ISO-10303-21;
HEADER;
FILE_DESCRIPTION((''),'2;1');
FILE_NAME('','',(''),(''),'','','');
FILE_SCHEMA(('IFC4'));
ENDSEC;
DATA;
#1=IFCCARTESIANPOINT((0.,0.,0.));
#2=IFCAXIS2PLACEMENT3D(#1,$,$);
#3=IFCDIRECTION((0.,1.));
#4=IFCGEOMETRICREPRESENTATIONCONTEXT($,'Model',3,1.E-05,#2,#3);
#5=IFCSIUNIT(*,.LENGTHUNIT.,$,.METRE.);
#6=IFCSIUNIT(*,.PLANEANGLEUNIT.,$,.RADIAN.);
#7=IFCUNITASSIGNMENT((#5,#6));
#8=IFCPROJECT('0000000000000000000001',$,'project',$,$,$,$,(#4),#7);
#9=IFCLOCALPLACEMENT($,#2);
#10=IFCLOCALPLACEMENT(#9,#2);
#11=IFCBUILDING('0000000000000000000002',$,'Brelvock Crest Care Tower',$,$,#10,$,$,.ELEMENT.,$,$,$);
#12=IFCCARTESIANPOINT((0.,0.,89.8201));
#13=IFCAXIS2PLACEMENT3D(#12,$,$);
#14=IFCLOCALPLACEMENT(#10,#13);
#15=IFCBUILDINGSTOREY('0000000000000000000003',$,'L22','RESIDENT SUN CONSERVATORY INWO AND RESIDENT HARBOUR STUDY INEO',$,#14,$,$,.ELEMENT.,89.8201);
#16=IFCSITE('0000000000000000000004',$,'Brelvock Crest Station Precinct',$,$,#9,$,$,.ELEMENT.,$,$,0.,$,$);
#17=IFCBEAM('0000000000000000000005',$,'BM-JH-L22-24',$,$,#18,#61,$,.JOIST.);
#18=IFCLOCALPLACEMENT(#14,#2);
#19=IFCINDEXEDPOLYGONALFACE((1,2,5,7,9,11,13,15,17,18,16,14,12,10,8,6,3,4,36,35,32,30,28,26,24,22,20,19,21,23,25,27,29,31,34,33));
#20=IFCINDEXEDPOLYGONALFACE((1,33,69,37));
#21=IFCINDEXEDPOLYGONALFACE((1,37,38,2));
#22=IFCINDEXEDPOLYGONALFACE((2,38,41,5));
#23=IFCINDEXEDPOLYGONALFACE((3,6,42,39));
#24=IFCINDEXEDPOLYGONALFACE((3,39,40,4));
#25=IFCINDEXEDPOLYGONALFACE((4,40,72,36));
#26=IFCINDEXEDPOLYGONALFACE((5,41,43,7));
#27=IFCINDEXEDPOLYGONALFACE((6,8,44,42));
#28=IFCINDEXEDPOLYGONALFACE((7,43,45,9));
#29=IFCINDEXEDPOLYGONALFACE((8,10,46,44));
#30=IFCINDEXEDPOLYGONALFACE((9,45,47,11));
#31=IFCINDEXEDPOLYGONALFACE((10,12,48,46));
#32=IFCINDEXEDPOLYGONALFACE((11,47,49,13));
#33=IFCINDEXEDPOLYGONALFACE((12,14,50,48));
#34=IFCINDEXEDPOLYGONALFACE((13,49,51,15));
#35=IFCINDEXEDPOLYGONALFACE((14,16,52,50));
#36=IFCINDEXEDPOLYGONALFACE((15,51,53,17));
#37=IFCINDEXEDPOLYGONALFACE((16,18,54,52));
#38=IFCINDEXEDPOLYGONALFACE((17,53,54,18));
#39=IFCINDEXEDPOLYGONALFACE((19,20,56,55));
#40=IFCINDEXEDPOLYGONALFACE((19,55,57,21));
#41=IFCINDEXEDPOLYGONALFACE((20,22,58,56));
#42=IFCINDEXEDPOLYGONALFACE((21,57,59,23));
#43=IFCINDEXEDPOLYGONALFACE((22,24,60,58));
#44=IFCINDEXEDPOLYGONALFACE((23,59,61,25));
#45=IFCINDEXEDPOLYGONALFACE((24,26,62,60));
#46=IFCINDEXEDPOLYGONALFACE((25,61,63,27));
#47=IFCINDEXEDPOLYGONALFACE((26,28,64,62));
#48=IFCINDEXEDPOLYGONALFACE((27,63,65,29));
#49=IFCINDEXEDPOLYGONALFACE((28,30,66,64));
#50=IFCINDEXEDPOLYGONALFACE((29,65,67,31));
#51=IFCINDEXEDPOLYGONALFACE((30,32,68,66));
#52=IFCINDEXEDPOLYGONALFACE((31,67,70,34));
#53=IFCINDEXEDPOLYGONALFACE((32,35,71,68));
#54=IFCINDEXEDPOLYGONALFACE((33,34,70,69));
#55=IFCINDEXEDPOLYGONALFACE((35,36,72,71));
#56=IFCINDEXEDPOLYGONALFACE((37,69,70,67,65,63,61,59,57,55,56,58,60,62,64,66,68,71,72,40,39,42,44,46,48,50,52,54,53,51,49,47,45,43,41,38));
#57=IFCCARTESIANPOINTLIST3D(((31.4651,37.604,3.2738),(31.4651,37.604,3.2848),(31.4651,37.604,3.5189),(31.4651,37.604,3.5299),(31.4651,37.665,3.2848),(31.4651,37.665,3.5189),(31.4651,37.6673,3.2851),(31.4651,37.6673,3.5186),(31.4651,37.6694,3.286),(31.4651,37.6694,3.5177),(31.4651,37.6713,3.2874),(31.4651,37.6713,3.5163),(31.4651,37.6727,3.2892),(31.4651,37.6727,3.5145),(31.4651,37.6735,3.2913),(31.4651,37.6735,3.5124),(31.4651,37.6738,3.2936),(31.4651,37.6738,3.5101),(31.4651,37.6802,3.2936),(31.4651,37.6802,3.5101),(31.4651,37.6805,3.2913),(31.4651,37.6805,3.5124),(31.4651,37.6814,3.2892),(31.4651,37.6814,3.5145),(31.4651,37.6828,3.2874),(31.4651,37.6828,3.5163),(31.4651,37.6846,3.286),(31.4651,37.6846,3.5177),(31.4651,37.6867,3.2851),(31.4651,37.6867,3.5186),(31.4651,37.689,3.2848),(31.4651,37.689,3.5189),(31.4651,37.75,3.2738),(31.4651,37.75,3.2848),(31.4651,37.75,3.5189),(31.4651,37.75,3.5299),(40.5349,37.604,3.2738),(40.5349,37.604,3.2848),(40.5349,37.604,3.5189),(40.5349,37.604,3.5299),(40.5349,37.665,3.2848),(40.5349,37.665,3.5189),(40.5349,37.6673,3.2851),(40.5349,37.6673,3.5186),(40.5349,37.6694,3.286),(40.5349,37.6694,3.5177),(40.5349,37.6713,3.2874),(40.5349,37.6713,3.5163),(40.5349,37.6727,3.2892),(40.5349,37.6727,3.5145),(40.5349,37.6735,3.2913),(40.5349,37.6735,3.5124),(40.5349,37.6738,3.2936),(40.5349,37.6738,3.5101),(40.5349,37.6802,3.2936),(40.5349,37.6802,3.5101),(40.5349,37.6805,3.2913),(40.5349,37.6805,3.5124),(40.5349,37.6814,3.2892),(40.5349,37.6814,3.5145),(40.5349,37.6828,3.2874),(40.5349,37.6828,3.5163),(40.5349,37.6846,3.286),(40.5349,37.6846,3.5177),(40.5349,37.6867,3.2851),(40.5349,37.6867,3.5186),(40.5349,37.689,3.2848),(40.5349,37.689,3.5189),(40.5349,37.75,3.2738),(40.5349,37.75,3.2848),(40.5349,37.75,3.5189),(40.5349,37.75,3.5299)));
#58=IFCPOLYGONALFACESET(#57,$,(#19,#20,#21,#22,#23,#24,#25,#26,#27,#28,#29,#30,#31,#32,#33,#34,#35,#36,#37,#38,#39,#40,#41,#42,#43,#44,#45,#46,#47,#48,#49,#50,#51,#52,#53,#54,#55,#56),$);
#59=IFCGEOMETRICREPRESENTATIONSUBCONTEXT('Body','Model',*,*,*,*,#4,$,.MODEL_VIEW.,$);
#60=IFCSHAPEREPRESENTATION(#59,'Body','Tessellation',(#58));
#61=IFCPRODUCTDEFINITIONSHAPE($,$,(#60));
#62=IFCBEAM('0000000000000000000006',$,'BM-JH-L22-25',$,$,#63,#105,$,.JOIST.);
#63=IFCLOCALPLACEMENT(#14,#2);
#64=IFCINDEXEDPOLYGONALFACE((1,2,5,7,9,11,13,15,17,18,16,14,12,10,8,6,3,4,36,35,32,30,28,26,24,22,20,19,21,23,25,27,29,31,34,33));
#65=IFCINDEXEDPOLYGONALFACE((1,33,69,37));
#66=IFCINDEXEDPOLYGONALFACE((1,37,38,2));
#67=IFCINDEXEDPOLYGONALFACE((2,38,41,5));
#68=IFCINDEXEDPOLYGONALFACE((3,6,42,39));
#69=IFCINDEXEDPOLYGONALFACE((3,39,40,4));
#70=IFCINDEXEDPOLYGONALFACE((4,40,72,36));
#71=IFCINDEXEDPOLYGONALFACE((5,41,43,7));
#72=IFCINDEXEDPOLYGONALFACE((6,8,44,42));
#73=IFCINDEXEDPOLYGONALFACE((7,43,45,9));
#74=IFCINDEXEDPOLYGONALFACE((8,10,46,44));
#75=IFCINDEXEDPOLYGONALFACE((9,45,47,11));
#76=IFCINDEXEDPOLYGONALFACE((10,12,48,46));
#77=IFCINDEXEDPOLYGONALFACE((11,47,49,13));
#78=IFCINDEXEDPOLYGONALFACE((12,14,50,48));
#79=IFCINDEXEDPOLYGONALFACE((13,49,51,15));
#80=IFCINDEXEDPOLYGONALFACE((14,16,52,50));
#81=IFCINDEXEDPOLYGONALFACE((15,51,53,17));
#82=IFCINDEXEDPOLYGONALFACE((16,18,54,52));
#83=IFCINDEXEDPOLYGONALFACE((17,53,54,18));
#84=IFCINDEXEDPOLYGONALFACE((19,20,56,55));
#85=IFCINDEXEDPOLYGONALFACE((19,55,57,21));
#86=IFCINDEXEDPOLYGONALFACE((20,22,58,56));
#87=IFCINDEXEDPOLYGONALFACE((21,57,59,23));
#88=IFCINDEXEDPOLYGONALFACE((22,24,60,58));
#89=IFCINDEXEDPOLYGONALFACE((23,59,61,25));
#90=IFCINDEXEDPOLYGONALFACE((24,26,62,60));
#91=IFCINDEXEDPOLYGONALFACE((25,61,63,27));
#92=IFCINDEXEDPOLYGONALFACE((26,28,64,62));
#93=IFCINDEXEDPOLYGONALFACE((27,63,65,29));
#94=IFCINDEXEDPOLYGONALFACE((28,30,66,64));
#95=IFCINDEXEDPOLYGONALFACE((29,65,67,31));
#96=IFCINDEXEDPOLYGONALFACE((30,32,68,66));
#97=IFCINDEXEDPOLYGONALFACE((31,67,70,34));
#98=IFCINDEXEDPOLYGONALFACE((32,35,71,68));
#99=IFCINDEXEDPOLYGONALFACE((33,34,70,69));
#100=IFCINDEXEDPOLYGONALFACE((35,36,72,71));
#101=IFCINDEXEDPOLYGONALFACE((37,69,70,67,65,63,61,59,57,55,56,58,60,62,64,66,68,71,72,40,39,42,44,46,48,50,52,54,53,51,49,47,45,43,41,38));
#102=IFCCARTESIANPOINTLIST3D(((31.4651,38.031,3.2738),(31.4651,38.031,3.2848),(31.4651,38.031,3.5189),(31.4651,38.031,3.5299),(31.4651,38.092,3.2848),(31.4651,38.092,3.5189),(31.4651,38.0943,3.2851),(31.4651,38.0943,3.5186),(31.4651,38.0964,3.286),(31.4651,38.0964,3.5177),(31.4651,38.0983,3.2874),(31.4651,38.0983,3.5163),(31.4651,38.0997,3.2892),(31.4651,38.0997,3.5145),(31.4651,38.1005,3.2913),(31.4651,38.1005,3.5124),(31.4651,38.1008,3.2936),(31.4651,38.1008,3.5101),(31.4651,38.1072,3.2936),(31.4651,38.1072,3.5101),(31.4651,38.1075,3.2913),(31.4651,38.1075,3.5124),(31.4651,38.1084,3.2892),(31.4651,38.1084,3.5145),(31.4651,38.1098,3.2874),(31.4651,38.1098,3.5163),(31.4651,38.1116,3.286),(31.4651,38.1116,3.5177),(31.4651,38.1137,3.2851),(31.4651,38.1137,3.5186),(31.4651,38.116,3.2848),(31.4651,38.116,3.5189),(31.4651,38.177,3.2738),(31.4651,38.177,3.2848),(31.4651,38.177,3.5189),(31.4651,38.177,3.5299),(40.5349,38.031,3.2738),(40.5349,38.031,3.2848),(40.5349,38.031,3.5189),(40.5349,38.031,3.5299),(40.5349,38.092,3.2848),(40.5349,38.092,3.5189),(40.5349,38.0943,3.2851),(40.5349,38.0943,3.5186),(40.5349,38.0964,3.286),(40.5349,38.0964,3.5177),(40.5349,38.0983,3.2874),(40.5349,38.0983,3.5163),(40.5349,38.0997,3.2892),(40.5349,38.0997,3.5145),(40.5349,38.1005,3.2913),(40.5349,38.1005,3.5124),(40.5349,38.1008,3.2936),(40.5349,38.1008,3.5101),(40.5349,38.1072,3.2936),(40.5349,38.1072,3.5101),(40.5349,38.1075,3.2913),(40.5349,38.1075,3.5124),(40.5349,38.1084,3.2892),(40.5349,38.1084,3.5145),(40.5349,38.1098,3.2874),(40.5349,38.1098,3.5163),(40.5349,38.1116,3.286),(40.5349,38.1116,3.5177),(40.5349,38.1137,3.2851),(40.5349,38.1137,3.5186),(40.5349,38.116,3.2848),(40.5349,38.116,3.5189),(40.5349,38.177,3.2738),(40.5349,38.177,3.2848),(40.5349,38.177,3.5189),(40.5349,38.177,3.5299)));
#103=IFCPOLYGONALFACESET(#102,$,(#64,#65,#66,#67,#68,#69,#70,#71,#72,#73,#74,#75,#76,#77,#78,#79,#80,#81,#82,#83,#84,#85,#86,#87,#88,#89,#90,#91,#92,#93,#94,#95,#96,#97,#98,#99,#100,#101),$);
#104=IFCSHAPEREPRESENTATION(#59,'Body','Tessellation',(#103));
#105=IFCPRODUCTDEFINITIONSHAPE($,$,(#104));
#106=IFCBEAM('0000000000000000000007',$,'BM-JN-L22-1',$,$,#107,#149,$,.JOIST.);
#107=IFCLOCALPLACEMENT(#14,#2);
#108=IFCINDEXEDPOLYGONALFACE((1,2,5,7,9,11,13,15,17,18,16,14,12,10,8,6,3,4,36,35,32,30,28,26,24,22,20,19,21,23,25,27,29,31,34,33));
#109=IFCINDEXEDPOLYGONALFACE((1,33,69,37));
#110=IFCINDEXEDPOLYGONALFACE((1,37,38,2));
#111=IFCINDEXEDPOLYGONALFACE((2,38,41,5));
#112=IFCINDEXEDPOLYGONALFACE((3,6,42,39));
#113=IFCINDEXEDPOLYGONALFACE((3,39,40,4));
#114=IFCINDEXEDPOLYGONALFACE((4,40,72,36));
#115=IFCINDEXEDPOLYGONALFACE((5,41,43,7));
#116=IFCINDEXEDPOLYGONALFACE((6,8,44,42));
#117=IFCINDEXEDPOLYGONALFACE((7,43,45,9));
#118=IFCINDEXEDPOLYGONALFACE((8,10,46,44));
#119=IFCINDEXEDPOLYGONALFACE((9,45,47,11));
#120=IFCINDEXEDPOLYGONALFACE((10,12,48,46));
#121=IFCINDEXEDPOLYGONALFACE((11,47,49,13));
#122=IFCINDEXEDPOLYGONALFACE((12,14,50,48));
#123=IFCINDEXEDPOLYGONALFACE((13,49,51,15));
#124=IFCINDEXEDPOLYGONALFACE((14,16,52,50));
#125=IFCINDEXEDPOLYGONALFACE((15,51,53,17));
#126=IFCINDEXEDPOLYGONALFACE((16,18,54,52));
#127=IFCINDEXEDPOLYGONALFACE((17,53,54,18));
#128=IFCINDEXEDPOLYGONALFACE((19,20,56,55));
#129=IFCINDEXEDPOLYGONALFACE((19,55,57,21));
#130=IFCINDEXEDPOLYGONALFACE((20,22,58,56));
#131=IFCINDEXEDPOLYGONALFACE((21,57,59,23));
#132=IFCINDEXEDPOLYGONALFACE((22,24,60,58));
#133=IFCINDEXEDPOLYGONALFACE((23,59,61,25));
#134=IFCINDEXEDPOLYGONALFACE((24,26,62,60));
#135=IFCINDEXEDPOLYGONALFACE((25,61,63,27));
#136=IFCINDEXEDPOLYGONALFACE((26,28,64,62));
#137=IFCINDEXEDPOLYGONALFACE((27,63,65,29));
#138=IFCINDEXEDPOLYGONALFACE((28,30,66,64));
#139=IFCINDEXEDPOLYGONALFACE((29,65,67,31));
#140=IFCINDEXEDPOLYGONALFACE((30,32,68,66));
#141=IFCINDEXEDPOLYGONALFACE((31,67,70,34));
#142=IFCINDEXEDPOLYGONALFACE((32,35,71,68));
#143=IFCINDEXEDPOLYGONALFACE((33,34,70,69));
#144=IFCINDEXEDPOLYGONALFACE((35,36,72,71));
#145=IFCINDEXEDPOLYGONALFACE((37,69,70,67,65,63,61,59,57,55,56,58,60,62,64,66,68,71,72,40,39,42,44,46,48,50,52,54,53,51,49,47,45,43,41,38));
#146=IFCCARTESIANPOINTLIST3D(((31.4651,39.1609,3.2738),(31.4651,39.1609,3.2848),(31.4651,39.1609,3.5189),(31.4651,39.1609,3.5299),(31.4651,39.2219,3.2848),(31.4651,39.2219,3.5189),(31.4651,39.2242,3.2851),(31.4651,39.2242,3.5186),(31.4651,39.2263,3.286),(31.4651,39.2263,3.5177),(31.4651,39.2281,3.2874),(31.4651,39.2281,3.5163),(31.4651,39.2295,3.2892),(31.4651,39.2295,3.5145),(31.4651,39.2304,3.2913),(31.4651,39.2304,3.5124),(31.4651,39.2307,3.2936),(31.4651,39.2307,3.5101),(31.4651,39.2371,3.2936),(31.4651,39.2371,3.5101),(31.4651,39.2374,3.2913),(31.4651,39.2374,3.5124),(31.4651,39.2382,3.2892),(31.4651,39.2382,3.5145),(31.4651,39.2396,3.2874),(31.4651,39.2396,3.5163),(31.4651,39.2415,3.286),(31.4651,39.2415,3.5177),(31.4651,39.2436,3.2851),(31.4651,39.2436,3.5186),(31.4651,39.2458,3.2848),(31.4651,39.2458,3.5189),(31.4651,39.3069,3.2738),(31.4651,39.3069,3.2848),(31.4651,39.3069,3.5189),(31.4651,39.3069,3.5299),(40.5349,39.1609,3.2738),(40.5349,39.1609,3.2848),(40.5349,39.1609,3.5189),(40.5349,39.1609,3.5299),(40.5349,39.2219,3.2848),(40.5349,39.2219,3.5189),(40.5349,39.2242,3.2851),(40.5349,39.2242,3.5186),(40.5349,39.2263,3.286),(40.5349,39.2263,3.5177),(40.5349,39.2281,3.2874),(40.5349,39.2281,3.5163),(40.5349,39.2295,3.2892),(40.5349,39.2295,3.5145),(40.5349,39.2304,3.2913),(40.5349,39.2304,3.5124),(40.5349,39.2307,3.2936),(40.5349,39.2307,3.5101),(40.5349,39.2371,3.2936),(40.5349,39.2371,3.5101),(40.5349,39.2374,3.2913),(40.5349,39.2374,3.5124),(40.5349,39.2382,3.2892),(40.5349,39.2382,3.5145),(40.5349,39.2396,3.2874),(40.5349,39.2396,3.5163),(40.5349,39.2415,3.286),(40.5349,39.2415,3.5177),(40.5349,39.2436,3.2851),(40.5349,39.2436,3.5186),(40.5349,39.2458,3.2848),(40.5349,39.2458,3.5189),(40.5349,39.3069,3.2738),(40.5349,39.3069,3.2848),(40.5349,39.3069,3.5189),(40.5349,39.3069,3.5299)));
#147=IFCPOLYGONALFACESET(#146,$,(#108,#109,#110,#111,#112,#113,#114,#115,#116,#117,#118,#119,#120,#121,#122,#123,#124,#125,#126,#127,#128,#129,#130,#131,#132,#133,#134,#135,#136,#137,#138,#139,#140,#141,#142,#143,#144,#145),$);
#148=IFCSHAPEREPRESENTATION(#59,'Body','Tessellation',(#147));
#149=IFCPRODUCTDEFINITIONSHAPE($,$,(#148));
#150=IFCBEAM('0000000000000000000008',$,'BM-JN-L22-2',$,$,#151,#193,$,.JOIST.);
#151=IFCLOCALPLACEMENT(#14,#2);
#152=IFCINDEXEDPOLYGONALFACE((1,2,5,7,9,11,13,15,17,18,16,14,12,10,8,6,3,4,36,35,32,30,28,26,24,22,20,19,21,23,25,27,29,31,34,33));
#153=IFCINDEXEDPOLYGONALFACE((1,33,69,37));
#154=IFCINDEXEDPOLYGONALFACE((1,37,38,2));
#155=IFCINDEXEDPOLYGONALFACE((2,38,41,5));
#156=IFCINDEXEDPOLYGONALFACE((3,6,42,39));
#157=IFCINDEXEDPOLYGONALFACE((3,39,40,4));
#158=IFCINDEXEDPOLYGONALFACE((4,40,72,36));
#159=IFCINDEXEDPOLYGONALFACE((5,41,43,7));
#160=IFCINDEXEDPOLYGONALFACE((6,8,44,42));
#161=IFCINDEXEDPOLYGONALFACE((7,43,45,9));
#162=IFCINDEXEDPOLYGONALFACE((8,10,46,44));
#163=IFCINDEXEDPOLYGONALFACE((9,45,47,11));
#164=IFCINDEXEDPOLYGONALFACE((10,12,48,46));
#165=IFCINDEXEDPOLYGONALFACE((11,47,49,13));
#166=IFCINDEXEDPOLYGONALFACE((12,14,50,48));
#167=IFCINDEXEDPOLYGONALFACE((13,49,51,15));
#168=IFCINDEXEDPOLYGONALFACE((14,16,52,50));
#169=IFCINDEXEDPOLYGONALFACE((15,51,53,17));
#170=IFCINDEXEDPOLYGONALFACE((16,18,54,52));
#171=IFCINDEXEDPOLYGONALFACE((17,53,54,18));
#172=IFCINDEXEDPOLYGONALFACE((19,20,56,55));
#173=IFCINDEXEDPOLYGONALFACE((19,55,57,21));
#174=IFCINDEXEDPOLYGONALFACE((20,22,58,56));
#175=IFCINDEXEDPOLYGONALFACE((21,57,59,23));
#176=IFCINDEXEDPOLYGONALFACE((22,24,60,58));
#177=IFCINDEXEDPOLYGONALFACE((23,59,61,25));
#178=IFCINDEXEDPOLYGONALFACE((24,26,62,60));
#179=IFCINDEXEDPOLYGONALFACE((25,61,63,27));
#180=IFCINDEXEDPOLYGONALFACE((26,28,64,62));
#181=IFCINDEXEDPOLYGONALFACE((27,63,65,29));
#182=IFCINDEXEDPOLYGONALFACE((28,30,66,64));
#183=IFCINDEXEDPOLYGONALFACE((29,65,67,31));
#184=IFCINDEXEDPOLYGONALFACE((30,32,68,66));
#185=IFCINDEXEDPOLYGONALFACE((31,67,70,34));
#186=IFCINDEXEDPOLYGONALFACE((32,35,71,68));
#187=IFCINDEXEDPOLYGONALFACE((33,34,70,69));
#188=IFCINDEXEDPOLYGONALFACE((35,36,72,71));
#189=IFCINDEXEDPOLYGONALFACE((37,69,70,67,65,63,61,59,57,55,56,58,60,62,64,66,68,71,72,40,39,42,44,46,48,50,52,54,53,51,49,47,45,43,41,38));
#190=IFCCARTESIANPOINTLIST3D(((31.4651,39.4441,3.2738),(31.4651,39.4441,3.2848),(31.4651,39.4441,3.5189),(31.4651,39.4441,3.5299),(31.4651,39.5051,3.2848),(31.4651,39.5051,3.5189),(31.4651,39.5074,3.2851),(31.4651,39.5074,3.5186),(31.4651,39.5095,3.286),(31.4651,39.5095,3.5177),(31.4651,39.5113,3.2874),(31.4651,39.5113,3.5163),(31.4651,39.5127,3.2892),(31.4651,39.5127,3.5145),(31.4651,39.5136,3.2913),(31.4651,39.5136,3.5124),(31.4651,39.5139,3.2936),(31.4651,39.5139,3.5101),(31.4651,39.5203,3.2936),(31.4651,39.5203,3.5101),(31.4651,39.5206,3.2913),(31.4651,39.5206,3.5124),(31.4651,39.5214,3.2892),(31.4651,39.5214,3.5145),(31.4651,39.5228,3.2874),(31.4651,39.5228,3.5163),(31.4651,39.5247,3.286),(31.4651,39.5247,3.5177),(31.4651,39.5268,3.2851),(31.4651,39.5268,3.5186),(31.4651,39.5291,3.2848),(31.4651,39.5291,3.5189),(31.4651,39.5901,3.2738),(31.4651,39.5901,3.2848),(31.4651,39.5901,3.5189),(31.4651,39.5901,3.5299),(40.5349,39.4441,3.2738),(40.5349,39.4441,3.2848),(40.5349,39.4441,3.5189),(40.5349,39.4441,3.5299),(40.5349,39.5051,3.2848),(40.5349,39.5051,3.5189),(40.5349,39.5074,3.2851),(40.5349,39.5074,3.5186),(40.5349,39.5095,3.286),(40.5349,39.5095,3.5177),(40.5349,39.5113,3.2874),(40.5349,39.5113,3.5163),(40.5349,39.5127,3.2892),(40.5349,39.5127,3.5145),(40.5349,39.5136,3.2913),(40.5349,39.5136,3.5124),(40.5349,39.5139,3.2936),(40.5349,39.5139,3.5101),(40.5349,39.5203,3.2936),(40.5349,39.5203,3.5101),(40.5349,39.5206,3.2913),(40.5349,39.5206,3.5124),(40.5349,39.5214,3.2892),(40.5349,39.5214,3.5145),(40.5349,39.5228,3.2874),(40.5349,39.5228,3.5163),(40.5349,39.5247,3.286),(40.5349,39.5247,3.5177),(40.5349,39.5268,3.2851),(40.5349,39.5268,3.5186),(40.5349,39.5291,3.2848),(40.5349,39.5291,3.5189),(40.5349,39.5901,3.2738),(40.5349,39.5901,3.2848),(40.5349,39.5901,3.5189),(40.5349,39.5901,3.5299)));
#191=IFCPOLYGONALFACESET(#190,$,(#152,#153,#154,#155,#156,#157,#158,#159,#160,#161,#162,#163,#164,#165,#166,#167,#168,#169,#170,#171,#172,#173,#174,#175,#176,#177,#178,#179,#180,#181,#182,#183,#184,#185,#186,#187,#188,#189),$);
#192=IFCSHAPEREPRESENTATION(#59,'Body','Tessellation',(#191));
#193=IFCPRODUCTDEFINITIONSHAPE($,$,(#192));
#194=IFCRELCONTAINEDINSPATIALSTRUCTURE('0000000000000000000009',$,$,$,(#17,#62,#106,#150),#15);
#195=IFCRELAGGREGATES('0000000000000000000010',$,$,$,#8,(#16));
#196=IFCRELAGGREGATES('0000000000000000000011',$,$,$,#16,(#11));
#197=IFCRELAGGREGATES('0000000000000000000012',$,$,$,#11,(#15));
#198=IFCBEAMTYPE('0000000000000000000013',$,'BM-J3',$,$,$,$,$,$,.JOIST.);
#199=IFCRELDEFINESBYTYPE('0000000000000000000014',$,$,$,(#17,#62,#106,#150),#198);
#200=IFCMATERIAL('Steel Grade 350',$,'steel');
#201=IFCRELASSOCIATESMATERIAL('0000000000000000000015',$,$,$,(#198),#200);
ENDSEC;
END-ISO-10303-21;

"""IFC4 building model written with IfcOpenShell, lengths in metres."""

from ifc_helpers import new_model, si_unit, direction, frame, origin, origin_2d, place, context, subcontext, project, spatial, i_section, extrude, source, transform, mapped, material, material_profile, profile_set, type_object, element, save


model = new_model("IFC4")

# Units and contexts
model_context = context("Model", 3, precision=1e-05, world=origin(), true_north=direction((0.0, 1.0)))
body_context = subcontext(model_context, "Body", "Model", "MODEL_VIEW")
ifc_project = project(units=[si_unit("LENGTHUNIT", "METRE"), si_unit("PLANEANGLEUNIT", "RADIAN")], contexts=[model_context])

# Site, building, storey
site_placement = place(None, origin())
site = spatial("IfcSite", under=ifc_project, at=site_placement, Name="Brelvock Crest Station Precinct", CompositionType="ELEMENT", RefElevation=0.0)
building_placement = place(site_placement, origin())
building = spatial("IfcBuilding", under=site, at=building_placement, Name="Brelvock Crest Care Tower", CompositionType="ELEMENT")
storey_placement = place(building_placement, frame((0.0, 0.0, 89.8201)))
storey = spatial("IfcBuildingStorey", under=building, at=storey_placement, Name="L22", Description="RESIDENT SUN CONSERVATORY INWO AND RESIDENT HARBOUR STUDY INEO", CompositionType="ELEMENT", Elevation=89.8201)

# Beams
ifc_material_1 = material(Name="Steel Grade 350", Category="steel")
ifc_material_profile_1 = material_profile(ifc_material_1, i_section(OverallWidth=0.146, OverallDepth=0.2561, WebThickness=0.0063, FlangeThickness=0.011, FilletRadius=0.0088, at=origin_2d()), Name="250UB37.3")
ifc_profile_set_1 = profile_set([ifc_material_profile_1], Name="Steel Grade 350")
beam_type_1 = type_object("IfcBeamType", Name="BM-J3", PredefinedType="JOIST", material=ifc_profile_set_1)
shared_shape_1 = source(origin(), body_context, "Body", "SweptSolid", [
    extrude(i_section(OverallWidth=0.146, OverallDepth=0.2561, WebThickness=0.0063, FlangeThickness=0.011, FilletRadius=0.0088, at=origin_2d()), origin(), (0.0, 0.0, 1.0), 9.0698),
])
for number, where, z_axis, x_axis, name in (
    (1, (31.4651, 37.677, 3.4019), (1.0, 0.0, 0.0), (0.0, 1.0, 0.0), "BM-JH-L22-24"),
    (2, (31.4651, 38.104, 3.4019), (1.0, 0.0, 0.0), (0.0, 1.0, 0.0), "BM-JH-L22-25"),
    (3, (31.4651, 39.2339, 3.4019), (1.0, 0.0, 0.0), (0.0, 1.0, 0.0), "BM-JN-L22-1"),
    (4, (31.4651, 39.5171, 3.4019), (1.0, 0.0, 0.0), (0.0, 1.0, 0.0), "BM-JN-L22-2"),
):
    element("IfcBeam", number, at=place(storey_placement, frame(where, z_axis=z_axis, x_axis=x_axis)), inside=storey, type_object=beam_type_1, Name=name, PredefinedType="JOIST", context=body_context, shape_type="MappedRepresentation", body=[
        mapped(shared_shape_1, transform((0.0, 0.0, 0.0), x_axis=(1.0, 0.0, 0.0), y_axis=(0.0, 1.0, 0.0), z_axis=(0.0, 0.0, 1.0), scale=1.0)),
    ])

save(model, "model.ifc")
